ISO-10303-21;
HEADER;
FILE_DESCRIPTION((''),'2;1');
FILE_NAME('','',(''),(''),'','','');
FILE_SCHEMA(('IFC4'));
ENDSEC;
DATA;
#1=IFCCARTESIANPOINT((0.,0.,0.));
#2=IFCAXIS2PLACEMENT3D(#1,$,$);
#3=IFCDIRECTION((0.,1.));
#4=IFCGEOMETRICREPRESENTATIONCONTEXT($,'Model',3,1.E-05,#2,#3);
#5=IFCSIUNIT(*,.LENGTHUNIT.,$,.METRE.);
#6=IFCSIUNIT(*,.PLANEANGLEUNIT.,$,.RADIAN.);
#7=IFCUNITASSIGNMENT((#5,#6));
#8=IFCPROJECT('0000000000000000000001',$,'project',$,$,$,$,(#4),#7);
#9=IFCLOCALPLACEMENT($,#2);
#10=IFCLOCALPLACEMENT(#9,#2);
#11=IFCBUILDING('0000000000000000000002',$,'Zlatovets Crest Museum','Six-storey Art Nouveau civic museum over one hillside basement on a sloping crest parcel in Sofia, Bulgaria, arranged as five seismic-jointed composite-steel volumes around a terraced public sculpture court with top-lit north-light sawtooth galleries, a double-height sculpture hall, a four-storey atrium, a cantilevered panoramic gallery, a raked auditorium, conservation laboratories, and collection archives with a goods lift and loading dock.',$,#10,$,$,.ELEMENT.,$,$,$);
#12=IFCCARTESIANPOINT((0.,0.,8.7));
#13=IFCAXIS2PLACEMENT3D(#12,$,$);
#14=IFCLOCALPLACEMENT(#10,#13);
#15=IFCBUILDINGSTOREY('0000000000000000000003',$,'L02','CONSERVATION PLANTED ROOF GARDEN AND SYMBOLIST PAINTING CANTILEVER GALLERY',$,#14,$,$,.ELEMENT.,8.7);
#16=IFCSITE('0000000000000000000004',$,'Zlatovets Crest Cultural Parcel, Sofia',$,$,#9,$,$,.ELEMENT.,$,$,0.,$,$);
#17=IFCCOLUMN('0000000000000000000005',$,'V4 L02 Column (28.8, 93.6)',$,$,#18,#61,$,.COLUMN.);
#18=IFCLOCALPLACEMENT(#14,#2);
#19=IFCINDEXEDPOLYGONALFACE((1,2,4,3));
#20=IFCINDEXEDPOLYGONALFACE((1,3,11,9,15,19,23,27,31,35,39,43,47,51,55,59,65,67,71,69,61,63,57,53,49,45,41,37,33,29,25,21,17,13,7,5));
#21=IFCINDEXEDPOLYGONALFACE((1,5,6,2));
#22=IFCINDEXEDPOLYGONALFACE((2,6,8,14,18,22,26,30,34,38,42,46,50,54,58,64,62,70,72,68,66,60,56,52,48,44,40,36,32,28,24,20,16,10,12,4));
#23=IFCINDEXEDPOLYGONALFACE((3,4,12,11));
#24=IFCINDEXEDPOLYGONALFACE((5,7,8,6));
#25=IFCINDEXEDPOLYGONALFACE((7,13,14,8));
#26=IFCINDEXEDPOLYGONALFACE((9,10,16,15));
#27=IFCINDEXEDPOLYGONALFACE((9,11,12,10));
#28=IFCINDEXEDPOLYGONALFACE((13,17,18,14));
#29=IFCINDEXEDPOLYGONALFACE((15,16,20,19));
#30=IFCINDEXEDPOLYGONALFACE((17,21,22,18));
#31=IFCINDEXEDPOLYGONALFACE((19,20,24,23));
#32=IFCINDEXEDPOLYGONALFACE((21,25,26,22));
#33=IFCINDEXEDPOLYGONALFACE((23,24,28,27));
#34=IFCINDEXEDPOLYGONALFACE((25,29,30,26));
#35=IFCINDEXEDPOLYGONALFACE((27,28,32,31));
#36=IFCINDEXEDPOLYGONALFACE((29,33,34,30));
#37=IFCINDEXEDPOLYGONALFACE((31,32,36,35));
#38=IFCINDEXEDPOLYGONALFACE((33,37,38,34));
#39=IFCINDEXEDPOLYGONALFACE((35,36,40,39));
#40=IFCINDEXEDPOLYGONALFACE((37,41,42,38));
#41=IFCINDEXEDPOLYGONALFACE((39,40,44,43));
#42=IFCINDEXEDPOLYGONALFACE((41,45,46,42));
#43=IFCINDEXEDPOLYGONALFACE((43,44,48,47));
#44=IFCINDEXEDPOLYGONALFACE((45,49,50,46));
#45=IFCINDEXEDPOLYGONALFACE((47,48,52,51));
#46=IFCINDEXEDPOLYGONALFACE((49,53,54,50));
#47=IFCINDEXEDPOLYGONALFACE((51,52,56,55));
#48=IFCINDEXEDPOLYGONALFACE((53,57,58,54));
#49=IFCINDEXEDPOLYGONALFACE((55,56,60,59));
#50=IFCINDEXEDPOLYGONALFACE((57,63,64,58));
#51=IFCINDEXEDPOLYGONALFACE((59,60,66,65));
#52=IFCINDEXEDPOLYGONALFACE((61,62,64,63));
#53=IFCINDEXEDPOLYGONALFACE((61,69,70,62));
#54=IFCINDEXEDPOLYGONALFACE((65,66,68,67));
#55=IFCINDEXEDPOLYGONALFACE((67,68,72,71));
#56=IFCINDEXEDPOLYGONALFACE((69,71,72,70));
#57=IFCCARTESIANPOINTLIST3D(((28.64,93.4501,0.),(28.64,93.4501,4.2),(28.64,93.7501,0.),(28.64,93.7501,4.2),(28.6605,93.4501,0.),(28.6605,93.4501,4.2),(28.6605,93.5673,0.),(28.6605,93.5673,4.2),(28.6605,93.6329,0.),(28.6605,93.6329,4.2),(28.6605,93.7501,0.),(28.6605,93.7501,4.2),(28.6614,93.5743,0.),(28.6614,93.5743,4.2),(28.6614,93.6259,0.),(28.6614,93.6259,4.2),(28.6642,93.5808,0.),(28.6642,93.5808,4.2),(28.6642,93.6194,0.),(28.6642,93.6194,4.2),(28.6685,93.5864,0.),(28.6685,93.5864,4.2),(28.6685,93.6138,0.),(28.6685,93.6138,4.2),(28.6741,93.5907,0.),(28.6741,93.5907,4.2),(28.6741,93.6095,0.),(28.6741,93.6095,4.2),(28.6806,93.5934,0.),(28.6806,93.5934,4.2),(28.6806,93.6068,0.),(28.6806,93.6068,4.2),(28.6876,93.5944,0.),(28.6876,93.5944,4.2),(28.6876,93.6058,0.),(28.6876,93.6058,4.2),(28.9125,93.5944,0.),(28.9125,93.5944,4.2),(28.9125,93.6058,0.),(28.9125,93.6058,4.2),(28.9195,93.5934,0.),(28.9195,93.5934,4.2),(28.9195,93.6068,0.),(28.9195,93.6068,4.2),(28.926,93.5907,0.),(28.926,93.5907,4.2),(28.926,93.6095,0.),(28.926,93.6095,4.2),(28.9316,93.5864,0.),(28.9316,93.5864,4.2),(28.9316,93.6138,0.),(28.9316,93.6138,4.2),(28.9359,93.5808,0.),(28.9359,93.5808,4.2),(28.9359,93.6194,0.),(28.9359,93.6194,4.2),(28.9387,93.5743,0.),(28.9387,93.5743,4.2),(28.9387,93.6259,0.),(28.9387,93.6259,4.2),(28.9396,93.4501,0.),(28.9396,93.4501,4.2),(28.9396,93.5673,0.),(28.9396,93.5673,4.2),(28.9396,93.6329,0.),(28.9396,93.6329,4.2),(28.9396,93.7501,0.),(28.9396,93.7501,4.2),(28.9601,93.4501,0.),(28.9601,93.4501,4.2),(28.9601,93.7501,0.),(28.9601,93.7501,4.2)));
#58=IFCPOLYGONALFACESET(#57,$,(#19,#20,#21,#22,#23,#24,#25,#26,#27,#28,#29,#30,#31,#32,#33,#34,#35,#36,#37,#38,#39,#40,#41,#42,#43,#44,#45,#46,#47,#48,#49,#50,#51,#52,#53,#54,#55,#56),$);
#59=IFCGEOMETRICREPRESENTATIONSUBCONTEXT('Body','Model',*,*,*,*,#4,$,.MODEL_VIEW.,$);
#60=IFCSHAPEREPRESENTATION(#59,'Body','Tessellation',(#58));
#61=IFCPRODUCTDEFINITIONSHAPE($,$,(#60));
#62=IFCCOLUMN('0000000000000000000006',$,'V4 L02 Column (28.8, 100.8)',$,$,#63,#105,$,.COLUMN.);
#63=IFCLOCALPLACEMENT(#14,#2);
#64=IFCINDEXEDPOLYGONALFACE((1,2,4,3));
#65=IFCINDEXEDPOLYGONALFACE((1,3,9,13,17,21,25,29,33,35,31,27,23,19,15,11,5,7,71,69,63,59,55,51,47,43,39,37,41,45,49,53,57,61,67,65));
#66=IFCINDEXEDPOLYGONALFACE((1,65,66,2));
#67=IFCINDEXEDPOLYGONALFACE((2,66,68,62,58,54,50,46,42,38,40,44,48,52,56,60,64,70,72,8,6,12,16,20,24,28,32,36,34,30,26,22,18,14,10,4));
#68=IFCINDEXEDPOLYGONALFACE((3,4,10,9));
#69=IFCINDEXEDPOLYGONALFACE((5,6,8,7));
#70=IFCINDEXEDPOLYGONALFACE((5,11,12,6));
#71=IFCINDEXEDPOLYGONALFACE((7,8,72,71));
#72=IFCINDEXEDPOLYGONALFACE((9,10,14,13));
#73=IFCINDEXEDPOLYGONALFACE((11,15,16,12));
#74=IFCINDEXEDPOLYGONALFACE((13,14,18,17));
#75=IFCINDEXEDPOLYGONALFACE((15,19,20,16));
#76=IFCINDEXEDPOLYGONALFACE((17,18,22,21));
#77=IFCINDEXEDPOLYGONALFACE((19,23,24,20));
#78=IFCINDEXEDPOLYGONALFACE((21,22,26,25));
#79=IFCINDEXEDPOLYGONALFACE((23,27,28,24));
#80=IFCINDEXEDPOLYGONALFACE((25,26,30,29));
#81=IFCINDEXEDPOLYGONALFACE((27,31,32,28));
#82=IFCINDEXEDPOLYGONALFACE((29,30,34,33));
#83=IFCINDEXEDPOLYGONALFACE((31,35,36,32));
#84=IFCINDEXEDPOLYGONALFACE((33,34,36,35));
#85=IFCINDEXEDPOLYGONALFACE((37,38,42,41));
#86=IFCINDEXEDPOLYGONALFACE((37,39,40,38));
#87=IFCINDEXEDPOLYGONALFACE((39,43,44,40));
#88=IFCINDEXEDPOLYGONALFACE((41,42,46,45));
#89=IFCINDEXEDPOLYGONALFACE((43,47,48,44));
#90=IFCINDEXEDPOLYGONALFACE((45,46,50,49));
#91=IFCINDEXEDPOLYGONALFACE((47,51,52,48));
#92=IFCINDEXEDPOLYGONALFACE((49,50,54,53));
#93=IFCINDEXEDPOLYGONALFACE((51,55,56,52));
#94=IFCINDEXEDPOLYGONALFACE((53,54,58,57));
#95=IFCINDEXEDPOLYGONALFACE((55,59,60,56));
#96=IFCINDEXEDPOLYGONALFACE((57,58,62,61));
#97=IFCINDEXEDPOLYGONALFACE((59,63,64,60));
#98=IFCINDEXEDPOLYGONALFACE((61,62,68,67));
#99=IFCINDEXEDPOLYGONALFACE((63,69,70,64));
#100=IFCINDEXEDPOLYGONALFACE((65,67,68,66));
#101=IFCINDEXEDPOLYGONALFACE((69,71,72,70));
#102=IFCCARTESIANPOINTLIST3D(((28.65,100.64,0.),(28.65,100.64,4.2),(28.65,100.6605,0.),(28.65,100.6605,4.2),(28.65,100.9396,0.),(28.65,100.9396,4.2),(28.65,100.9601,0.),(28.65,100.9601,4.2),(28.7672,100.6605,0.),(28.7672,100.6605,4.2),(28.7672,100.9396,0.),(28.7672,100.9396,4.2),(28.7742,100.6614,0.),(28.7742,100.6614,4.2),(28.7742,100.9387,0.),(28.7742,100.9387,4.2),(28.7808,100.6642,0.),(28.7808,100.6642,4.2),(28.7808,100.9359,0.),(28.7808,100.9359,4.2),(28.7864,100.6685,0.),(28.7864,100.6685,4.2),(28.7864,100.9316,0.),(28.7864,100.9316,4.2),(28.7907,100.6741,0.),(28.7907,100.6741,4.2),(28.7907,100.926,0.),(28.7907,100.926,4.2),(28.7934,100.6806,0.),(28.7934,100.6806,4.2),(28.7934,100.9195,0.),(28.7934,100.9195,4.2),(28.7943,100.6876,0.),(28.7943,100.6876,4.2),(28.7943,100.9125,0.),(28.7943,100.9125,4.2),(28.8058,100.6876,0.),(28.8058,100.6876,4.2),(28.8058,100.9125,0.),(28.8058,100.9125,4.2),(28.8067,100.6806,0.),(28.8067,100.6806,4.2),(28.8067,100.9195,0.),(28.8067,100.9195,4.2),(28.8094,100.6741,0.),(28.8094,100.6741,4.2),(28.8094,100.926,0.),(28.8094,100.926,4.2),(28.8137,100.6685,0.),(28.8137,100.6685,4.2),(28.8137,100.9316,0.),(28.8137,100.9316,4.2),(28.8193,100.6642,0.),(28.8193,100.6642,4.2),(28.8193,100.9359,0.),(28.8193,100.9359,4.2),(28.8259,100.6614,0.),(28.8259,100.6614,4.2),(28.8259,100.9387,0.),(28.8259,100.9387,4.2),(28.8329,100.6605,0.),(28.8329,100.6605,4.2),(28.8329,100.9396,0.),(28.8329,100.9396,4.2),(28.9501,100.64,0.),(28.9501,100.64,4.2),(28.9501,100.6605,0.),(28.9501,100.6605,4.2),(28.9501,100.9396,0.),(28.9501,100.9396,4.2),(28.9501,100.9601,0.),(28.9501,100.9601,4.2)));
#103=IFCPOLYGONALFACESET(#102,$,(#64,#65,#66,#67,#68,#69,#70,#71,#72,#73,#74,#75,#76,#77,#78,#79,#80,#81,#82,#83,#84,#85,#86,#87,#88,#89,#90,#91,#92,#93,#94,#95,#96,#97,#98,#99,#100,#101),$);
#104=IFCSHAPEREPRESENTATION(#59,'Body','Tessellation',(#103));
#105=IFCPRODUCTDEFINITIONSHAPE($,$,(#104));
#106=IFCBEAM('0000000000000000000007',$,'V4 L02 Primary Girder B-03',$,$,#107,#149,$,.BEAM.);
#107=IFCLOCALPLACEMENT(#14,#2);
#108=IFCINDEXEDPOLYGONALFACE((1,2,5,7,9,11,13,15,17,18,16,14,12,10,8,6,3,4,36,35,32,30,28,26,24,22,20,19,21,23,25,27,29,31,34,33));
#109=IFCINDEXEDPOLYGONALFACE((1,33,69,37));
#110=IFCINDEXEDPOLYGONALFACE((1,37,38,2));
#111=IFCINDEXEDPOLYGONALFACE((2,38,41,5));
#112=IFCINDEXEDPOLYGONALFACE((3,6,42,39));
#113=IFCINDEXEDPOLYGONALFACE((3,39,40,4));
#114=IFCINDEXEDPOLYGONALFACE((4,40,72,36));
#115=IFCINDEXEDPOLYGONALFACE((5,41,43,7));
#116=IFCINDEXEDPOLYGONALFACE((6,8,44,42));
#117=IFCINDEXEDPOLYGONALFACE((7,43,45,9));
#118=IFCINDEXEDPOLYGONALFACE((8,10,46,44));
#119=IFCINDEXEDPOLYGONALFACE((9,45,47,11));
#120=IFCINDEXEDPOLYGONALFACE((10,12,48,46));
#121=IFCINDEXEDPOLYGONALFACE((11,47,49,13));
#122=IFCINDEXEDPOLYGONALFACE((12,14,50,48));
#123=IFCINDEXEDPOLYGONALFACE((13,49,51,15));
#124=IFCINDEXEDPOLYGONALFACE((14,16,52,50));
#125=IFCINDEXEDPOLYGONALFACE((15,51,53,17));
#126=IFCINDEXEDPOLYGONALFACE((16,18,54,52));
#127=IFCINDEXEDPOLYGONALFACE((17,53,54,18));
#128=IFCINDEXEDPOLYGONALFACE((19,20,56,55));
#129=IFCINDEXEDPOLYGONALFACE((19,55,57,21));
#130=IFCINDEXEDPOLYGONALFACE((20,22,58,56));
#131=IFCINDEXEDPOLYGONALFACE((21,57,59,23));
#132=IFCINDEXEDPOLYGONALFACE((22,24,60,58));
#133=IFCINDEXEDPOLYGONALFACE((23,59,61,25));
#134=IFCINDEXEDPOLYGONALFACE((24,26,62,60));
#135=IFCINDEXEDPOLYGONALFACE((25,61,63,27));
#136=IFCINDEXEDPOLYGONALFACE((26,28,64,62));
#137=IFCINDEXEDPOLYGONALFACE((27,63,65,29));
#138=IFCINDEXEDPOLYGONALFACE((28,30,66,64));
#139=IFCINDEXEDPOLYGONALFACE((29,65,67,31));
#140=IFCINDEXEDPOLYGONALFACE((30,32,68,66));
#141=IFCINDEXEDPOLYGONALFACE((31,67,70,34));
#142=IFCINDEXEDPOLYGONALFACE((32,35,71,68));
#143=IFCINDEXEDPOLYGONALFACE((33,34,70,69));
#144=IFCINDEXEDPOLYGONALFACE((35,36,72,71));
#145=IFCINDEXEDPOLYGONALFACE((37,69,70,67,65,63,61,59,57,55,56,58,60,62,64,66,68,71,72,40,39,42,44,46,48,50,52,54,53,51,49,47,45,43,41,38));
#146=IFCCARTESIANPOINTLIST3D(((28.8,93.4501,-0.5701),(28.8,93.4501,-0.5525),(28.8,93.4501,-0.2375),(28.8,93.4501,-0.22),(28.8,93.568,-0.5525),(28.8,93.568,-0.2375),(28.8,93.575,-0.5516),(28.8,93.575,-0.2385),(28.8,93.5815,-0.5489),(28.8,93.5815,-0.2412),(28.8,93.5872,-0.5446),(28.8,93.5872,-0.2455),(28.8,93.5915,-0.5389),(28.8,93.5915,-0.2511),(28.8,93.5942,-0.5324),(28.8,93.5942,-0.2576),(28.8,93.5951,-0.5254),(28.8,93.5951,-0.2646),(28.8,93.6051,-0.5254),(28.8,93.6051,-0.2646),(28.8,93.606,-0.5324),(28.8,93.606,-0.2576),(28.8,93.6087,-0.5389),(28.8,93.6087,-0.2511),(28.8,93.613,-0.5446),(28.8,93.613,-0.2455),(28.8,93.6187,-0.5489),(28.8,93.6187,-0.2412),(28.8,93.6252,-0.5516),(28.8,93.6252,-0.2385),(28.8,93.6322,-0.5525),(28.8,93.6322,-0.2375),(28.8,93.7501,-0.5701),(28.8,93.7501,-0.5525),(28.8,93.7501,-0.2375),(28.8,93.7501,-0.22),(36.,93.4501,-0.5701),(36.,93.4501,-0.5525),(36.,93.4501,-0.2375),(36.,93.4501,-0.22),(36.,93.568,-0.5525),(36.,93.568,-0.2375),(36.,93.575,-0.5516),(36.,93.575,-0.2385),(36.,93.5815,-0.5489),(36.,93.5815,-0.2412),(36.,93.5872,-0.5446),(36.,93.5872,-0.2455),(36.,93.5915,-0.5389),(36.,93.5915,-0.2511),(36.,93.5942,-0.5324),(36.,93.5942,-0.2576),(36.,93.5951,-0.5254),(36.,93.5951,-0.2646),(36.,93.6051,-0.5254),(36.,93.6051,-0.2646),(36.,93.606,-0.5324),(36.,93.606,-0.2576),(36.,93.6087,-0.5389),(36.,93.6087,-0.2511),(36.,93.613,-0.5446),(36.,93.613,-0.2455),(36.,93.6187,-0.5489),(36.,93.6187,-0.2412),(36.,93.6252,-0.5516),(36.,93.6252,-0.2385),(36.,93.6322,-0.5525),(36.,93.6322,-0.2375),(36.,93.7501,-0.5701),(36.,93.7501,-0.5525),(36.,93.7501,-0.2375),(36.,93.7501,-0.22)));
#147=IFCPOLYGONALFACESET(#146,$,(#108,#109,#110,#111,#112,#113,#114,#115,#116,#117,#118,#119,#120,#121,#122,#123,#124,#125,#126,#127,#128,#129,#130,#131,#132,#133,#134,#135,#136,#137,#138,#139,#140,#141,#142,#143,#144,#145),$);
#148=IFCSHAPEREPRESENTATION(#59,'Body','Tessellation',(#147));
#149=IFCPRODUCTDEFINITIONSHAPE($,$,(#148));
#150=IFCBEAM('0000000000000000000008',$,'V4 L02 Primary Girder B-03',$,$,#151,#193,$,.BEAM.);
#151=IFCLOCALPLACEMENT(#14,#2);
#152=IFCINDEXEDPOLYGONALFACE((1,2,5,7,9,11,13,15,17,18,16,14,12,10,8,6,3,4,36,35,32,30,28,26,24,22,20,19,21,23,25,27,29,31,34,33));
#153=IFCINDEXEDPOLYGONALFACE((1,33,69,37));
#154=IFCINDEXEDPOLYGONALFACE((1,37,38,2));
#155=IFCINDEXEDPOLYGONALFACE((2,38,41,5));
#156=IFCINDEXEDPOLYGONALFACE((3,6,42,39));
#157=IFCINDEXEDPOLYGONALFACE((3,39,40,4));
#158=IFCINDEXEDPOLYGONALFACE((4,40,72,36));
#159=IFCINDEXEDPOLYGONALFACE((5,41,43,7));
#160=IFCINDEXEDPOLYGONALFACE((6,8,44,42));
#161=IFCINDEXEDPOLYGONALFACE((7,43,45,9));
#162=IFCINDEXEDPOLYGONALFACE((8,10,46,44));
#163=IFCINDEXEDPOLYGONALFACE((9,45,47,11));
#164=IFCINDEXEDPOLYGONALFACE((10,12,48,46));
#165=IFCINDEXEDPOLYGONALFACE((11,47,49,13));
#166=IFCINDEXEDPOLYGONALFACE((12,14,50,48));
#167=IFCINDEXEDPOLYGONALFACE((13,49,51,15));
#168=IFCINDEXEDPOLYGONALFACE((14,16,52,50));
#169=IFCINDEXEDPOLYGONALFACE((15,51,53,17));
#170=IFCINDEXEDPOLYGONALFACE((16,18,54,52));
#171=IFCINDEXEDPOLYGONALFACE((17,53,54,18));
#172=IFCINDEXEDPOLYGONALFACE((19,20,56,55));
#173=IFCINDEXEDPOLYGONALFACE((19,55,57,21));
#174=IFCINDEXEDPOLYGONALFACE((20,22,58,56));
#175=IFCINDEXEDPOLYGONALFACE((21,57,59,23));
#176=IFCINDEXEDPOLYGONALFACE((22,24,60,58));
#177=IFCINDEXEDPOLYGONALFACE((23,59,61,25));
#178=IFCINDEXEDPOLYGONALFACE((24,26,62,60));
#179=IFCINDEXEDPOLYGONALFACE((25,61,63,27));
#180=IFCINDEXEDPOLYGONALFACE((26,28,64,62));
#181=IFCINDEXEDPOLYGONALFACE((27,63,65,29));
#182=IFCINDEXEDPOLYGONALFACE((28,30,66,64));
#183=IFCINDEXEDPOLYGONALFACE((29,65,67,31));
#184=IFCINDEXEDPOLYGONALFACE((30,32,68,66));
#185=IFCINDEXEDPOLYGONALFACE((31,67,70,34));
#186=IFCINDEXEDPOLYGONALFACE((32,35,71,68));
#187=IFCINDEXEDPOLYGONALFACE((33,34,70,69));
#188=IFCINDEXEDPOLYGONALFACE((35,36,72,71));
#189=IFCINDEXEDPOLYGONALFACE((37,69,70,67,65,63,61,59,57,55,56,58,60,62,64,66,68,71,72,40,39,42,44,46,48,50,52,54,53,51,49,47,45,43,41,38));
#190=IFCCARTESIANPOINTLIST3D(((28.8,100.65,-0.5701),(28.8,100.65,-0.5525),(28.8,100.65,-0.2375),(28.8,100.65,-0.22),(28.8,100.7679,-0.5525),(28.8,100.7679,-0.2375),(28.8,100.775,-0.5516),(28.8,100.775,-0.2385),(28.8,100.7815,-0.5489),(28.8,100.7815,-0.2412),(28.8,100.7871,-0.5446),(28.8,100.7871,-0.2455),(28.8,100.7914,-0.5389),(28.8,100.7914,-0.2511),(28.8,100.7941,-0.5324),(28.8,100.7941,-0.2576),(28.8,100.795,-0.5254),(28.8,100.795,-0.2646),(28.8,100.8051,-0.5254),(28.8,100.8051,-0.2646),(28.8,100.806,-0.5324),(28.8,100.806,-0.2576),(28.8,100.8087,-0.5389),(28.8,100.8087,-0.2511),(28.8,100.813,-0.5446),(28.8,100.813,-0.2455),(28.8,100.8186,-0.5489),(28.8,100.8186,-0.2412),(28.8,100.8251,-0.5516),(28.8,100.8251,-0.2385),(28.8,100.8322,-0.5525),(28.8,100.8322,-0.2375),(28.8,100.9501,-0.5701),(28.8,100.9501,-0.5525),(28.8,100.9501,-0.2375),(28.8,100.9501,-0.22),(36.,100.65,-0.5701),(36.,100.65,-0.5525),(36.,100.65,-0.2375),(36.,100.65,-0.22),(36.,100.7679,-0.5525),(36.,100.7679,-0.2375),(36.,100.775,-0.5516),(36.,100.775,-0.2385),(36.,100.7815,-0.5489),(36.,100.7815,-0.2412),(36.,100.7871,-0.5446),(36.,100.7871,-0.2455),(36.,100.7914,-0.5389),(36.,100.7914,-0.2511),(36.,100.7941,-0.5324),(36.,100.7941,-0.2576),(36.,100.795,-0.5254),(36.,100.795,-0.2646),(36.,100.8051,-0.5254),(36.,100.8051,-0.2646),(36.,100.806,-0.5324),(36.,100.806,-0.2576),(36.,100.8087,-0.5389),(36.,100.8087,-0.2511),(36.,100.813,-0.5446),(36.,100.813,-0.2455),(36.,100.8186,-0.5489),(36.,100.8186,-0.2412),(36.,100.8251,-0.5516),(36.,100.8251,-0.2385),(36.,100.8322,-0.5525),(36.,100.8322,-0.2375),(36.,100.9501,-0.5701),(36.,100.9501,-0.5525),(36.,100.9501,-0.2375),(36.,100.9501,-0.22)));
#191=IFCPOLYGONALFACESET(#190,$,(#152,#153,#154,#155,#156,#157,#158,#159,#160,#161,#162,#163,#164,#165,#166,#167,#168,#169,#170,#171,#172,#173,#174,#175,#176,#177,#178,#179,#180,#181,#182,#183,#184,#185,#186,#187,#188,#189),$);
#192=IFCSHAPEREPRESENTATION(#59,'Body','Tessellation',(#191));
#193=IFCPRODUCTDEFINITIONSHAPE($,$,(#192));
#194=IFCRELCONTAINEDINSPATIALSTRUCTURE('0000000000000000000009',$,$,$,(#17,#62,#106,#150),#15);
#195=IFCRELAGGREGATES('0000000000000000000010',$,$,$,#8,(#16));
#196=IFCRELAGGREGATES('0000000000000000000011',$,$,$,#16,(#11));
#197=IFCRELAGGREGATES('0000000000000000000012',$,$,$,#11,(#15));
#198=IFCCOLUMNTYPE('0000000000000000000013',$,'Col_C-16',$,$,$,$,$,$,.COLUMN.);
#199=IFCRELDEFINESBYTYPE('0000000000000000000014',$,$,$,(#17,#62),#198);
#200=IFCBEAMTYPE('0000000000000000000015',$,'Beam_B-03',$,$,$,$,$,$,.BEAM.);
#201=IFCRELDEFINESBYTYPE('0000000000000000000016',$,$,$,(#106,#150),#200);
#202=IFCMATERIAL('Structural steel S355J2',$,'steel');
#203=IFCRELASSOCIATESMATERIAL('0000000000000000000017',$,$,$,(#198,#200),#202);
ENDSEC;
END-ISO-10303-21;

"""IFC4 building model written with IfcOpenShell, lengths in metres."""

from ifc_helpers import new_model, si_unit, direction, frame, origin, origin_2d, place, context, subcontext, project, spatial, i_section, extrude, material, material_profile, profile_set, type_object, element, save


model = new_model("IFC4")

# Units and contexts
model_context = context("Model", 3, precision=1e-05, world=origin(), true_north=direction((0.0, 1.0)))
body_context = subcontext(model_context, "Body", "Model", "MODEL_VIEW")
ifc_project = project(units=[si_unit("LENGTHUNIT", "METRE"), si_unit("PLANEANGLEUNIT", "RADIAN")], contexts=[model_context])

# Site, building, storey
site_placement = place(None, origin())
site = spatial("IfcSite", under=ifc_project, at=site_placement, Name="Zlatovets Crest Cultural Parcel, Sofia", CompositionType="ELEMENT", RefElevation=0.0)
building_placement = place(site_placement, origin())
building = spatial("IfcBuilding", under=site, at=building_placement, Name="Zlatovets Crest Museum", Description="Six-storey Art Nouveau civic museum over one hillside basement on a sloping crest parcel in Sofia, Bulgaria, arranged as five seismic-jointed composite-steel volumes around a terraced public sculpture court with top-lit north-light sawtooth galleries, a double-height sculpture hall, a four-storey atrium, a cantilevered panoramic gallery, a raked auditorium, conservation laboratories, and collection archives with a goods lift and loading dock.", CompositionType="ELEMENT")
storey_placement = place(building_placement, frame((0.0, 0.0, 8.7)))
storey = spatial("IfcBuildingStorey", under=building, at=storey_placement, Name="L02", Description="CONSERVATION PLANTED ROOF GARDEN AND SYMBOLIST PAINTING CANTILEVER GALLERY", CompositionType="ELEMENT", Elevation=8.7)

# Columns
ifc_material_1 = material(Name="Structural steel S355J2", Category="steel")
ifc_material_profile_1 = material_profile(ifc_material_1, i_section(OverallWidth=0.3, OverallDepth=0.3201, WebThickness=0.0115, FlangeThickness=0.0205, FilletRadius=0.0271, at=origin_2d()), Name="HEB 320")
ifc_profile_set_1 = profile_set([ifc_material_profile_1], Name="Structural steel S355J2")
column_type = type_object("IfcColumnType", Name="Col_C-16", PredefinedType="COLUMN", material=ifc_profile_set_1)
for number, where, z_axis, x_axis, name in (
    (1, (28.8, 93.6001, 0.0), (0.0, 0.0, 1.0), (0.0, 1.0, 0.0), "V4 L02 Column (28.8, 93.6)"),
    (2, (28.8, 100.8, 0.0), (0.0, 0.0, 1.0), (1.0, 0.0, 0.0), "V4 L02 Column (28.8, 100.8)"),
):
    element("IfcColumn", number, at=place(storey_placement, frame(where, z_axis=z_axis, x_axis=x_axis)), inside=storey, type_object=column_type, Name=name, PredefinedType="COLUMN", context=body_context, shape_type="SweptSolid", body=[
        extrude(i_section(OverallWidth=0.3, OverallDepth=0.3201, WebThickness=0.0115, FlangeThickness=0.0205, FilletRadius=0.0271, at=origin_2d()), origin(), (0.0, 0.0, 1.0), 4.2),
    ])

# Beams
ifc_material_profile_2 = material_profile(ifc_material_1, i_section(OverallWidth=0.3, OverallDepth=0.3501, WebThickness=0.01, FlangeThickness=0.0176, FilletRadius=0.0271, at=origin_2d()), Name="HEA 360")
ifc_profile_set_2 = profile_set([ifc_material_profile_2], Name="Structural steel S355J2")
beam_type_1 = type_object("IfcBeamType", Name="Beam_B-03", PredefinedType="BEAM", material=ifc_profile_set_2)
for number, where, z_axis, x_axis, name in (
    (3, (28.8, 93.6001, -0.395), (1.0, 0.0, 0.0), (0.0, 1.0, 0.0), "V4 L02 Primary Girder B-03"),
    (4, (28.8, 100.8, -0.395), (1.0, 0.0, 0.0), (0.0, 1.0, 0.0), "V4 L02 Primary Girder B-03"),
):
    element("IfcBeam", number, at=place(storey_placement, frame(where, z_axis=z_axis, x_axis=x_axis)), inside=storey, type_object=beam_type_1, Name=name, PredefinedType="BEAM", context=body_context, shape_type="SweptSolid", body=[
        extrude(i_section(OverallWidth=0.3, OverallDepth=0.3501, WebThickness=0.01, FlangeThickness=0.0176, FilletRadius=0.0271, at=origin_2d()), origin(), (0.0, 0.0, 1.0), 7.2),
    ])

save(model, "model.ifc")
